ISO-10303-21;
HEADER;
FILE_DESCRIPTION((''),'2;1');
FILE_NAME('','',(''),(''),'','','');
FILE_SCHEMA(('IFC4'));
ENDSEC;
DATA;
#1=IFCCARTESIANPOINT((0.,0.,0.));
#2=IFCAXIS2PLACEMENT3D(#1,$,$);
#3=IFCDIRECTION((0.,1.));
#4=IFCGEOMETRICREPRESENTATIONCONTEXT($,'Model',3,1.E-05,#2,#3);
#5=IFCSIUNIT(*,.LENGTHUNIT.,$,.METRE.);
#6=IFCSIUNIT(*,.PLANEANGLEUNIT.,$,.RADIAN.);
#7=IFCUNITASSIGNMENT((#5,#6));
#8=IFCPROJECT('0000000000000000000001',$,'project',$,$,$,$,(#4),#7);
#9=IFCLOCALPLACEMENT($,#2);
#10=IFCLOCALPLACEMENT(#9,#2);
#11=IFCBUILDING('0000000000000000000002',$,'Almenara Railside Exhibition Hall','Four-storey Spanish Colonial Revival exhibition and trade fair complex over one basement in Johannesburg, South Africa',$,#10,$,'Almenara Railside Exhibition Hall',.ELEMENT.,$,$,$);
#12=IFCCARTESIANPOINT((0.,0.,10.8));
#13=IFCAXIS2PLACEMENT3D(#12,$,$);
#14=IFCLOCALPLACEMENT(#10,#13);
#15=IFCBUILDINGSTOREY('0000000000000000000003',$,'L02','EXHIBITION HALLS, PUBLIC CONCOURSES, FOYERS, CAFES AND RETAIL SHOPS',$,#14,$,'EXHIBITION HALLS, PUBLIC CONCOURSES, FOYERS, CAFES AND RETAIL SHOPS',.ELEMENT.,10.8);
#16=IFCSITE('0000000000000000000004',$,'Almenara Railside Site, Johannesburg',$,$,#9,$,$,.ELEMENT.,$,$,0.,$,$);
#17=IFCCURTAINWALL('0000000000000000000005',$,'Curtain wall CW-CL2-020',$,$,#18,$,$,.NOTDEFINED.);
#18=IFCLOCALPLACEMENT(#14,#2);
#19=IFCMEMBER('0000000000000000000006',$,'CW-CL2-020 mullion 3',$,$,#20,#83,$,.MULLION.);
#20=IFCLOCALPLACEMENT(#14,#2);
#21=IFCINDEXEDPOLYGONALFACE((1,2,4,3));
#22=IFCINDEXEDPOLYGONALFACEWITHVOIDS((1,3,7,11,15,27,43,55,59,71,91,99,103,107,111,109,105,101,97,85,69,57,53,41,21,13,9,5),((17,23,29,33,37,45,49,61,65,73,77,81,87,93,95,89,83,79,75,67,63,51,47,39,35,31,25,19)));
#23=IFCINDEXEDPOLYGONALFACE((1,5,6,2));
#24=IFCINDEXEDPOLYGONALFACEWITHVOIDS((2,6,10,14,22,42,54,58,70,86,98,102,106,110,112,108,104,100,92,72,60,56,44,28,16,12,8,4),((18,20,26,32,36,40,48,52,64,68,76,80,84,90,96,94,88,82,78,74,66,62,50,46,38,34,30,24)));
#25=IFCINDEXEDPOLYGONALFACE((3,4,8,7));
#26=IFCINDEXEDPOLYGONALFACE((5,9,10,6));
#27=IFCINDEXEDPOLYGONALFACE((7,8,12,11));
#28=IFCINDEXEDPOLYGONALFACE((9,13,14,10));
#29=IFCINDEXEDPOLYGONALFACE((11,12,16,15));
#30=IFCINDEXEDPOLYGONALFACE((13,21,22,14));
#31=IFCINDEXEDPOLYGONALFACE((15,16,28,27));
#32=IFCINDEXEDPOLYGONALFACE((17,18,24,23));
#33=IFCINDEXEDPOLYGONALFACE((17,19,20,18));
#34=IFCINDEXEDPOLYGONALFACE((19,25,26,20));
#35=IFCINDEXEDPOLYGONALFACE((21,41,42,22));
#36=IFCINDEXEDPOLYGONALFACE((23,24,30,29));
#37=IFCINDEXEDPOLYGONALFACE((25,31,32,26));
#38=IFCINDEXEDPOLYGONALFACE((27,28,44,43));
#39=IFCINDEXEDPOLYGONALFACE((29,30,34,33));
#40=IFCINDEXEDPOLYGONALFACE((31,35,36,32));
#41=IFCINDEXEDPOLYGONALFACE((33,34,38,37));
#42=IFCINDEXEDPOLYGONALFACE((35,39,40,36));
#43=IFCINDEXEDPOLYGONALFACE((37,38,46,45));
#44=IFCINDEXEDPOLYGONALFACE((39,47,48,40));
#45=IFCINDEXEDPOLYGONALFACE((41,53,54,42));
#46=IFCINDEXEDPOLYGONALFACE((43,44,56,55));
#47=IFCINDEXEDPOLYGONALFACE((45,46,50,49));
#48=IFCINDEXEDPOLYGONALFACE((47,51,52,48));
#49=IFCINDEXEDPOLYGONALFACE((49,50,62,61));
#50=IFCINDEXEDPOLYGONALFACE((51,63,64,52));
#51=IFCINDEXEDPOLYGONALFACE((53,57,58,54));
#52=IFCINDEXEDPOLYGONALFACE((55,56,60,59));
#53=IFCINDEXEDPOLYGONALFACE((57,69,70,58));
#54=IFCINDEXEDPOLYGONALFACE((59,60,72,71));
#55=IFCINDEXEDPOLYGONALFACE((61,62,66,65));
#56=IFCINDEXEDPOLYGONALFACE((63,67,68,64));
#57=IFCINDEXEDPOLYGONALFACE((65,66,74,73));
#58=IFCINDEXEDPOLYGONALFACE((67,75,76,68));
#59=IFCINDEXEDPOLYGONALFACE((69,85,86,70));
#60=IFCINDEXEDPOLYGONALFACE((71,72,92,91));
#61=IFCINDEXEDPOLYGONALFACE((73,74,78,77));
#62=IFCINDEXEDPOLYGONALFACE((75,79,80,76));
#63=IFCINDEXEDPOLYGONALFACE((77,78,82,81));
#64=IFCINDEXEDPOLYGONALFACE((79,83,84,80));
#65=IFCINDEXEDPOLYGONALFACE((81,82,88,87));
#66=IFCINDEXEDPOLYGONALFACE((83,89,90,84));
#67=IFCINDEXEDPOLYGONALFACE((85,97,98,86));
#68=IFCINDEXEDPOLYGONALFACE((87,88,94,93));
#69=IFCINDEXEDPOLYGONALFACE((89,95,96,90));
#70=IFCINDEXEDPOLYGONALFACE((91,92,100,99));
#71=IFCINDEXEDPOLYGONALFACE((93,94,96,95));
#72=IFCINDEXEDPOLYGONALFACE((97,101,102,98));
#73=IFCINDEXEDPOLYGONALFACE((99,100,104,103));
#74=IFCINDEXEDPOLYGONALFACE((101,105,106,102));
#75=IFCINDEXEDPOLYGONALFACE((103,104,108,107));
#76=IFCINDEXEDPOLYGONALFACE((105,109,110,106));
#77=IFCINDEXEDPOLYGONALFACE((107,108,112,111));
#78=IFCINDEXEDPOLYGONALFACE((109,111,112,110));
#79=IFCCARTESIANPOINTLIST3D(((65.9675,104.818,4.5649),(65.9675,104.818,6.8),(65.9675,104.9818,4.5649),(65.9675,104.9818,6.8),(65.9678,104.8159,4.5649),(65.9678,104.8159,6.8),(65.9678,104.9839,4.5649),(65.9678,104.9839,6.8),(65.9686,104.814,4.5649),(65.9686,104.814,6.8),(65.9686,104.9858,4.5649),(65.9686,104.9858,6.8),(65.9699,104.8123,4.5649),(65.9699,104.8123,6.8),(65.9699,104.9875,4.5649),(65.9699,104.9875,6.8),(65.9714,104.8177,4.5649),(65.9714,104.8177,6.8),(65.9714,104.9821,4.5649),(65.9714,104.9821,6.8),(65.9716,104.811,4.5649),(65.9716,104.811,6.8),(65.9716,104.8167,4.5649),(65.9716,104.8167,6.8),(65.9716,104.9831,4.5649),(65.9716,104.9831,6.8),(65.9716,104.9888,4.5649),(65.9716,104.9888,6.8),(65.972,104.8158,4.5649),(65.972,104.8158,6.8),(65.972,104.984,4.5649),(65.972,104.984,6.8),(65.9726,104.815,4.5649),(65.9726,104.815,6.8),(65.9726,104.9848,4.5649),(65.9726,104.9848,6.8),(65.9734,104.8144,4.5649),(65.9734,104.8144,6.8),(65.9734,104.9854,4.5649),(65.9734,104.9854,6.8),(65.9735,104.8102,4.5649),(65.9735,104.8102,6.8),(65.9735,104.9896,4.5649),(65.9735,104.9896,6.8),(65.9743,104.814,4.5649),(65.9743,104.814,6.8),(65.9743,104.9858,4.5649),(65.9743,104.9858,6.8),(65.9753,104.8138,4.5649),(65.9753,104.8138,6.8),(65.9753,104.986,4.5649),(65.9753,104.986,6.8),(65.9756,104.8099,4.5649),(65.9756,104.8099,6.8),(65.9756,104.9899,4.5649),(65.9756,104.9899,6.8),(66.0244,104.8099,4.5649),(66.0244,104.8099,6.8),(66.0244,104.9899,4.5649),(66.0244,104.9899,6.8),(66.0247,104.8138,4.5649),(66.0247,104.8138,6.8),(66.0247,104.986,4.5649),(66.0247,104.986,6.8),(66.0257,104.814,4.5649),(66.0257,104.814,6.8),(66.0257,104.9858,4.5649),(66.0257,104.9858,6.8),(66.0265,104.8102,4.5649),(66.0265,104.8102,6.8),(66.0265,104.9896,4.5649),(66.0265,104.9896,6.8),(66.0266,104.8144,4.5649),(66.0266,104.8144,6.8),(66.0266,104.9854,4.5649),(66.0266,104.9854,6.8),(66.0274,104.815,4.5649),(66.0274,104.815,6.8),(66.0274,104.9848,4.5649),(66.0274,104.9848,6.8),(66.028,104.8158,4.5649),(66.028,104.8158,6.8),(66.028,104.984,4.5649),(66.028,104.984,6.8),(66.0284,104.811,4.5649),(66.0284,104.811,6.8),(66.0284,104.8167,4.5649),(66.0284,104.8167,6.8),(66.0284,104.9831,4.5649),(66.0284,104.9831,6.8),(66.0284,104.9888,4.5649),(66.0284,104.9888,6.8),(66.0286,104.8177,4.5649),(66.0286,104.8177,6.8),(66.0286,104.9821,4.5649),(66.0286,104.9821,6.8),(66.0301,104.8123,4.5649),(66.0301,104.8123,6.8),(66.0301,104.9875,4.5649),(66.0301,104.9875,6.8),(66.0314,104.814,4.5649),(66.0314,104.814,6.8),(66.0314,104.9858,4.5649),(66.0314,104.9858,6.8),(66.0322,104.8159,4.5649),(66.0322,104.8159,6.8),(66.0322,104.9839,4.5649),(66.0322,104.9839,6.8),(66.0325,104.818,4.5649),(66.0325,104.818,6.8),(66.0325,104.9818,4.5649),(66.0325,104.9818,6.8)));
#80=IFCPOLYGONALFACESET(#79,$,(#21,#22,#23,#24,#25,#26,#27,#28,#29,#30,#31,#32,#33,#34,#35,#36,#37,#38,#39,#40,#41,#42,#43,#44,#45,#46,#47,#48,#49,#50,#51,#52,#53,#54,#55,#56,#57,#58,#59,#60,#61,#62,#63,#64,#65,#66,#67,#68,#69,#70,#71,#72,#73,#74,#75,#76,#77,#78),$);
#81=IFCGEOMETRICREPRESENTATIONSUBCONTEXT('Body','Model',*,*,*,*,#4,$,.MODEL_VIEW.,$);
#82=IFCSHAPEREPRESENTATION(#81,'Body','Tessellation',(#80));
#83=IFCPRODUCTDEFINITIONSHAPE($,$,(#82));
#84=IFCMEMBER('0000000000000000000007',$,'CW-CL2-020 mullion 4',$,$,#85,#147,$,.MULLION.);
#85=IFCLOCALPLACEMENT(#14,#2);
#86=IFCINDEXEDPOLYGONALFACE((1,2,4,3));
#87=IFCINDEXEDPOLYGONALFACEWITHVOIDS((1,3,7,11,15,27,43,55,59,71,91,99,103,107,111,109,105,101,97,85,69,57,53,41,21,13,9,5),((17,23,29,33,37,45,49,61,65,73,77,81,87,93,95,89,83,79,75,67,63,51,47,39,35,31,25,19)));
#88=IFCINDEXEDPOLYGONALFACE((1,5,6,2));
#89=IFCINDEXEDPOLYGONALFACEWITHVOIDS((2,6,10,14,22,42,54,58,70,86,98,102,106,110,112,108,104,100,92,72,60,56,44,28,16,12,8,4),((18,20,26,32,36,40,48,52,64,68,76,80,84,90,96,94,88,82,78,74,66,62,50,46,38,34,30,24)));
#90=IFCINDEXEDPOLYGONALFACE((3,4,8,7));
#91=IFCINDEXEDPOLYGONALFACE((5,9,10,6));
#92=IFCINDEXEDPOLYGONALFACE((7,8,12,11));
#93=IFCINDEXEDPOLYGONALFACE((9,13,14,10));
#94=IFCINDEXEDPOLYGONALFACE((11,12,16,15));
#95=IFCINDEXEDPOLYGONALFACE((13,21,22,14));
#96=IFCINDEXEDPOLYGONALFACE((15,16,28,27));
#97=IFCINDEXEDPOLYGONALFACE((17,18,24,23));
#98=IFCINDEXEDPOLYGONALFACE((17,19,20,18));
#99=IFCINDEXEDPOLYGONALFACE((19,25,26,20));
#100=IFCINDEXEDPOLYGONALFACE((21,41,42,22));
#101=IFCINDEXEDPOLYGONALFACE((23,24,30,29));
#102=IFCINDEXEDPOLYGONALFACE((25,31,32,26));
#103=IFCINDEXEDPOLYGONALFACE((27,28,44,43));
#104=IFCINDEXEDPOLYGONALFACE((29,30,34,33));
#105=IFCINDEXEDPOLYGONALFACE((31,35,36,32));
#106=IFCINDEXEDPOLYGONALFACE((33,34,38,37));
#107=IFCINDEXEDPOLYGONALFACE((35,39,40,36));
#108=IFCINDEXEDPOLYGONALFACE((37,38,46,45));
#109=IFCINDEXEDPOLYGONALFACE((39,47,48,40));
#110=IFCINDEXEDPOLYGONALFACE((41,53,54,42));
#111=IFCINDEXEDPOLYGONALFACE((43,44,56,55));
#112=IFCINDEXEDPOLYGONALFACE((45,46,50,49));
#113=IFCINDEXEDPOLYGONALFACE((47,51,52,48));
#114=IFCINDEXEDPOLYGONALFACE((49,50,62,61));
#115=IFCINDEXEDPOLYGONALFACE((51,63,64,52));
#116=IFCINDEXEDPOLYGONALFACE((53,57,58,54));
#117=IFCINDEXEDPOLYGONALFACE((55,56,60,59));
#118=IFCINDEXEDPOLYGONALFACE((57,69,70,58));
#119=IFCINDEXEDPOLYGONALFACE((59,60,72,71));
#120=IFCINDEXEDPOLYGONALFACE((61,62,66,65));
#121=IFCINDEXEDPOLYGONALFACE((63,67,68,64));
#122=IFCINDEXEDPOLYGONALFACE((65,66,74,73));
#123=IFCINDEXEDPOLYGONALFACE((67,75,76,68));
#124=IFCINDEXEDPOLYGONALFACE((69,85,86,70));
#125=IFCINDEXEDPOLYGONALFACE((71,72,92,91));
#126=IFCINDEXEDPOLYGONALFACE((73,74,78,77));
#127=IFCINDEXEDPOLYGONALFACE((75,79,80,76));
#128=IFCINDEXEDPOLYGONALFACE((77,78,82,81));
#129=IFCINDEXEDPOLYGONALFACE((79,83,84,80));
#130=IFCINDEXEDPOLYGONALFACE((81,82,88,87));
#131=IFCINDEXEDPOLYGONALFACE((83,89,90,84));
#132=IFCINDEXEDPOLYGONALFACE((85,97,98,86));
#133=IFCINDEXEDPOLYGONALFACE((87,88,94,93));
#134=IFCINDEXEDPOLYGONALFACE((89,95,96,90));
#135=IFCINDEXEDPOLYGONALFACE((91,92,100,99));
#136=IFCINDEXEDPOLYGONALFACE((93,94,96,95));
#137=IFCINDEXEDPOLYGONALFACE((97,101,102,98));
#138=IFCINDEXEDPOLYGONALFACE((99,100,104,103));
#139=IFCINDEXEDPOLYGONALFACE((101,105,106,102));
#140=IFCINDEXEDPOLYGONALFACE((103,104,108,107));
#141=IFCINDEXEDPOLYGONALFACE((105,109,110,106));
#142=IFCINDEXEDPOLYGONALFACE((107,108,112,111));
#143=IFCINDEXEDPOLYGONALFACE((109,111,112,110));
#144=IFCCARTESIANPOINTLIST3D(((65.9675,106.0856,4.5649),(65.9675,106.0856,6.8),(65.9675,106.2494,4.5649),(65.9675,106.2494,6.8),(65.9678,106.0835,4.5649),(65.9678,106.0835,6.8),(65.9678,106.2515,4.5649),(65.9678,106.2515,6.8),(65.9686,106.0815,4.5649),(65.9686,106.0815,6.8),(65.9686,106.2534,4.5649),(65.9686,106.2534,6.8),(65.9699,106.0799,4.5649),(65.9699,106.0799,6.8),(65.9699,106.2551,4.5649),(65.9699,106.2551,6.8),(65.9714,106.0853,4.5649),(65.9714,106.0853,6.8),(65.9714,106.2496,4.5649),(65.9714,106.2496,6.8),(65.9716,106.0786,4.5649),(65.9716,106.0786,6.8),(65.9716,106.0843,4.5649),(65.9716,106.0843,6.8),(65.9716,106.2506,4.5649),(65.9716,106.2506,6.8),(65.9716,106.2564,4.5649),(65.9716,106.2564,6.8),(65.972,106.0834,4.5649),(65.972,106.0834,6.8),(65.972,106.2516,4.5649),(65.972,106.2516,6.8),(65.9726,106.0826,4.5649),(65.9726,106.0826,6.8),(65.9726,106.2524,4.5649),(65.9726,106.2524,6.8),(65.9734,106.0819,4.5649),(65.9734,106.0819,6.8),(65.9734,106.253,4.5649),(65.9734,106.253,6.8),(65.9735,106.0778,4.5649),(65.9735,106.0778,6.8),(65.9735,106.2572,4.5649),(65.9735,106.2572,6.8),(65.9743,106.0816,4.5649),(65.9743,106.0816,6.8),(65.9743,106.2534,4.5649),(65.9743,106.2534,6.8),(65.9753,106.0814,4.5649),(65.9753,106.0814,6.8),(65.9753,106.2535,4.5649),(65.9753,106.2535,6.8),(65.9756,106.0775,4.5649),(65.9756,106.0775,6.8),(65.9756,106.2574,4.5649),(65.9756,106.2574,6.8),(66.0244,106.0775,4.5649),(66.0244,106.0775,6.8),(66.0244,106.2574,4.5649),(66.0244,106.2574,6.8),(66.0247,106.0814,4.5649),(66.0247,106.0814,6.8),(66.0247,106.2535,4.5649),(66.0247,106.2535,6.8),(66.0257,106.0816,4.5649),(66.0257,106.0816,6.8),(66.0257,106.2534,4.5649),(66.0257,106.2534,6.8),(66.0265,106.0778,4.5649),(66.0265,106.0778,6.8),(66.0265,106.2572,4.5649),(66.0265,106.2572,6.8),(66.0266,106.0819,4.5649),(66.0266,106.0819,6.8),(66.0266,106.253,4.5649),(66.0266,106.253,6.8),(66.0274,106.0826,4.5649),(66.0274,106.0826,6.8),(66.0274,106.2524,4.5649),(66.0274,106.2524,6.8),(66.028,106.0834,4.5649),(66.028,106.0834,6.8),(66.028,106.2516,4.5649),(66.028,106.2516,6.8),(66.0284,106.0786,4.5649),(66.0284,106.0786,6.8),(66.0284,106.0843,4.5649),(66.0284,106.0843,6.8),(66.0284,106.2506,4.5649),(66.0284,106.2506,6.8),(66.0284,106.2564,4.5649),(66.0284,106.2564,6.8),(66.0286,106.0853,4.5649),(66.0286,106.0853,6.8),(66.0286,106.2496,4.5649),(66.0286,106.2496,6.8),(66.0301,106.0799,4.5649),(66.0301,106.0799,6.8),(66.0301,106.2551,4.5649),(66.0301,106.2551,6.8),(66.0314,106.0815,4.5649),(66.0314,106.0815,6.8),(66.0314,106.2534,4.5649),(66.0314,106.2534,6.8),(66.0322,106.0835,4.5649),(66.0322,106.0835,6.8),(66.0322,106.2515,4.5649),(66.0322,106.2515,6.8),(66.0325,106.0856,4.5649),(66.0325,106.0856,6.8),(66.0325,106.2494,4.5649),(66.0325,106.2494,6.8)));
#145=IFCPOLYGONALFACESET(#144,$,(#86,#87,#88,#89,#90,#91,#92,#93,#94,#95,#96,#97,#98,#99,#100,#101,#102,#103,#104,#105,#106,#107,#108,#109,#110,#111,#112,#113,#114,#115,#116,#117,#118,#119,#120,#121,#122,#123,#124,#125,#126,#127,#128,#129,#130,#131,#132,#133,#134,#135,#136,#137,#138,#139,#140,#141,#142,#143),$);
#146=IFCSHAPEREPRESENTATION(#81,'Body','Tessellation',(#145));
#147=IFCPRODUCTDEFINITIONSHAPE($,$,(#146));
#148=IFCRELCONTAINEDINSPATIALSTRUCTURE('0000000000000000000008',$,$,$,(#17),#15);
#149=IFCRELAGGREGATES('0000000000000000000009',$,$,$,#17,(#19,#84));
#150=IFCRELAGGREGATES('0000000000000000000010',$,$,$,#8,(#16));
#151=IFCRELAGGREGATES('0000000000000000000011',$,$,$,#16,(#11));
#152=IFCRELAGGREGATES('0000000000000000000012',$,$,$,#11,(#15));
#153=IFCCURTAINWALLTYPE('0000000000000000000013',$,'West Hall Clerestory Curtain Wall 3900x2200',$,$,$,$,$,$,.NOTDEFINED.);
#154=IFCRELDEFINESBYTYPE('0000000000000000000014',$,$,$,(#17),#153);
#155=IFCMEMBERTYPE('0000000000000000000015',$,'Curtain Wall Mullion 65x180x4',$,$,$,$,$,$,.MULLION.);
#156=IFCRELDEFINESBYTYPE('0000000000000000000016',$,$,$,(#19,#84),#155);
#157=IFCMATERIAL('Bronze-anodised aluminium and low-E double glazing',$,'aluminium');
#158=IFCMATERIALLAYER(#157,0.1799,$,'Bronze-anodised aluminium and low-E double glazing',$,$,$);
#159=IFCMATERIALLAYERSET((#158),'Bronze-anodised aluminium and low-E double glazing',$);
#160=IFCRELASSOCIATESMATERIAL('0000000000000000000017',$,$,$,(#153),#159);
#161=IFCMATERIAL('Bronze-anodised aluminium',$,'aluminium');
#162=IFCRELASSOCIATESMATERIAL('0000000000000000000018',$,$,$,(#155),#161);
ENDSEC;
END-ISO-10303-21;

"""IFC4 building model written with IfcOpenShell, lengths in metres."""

from ifc_helpers import new_model, si_unit, direction, frame, origin, origin_2d, place, context, subcontext, project, spatial, hollow_rectangle, extrude, material, layer, layer_set, material_profile, profile_set, type_object, element, aggregate, save


model = new_model("IFC4")

# Units and contexts
model_context = context("Model", 3, precision=1e-05, world=origin(), true_north=direction((0.0, 1.0)))
body_context = subcontext(model_context, "Body", "Model", "MODEL_VIEW")
ifc_project = project(units=[si_unit("LENGTHUNIT", "METRE"), si_unit("PLANEANGLEUNIT", "RADIAN")], contexts=[model_context])

# Site, building, storey
site_placement = place(None, origin())
site = spatial("IfcSite", under=ifc_project, at=site_placement, Name="Almenara Railside Site, Johannesburg", CompositionType="ELEMENT", RefElevation=0.0)
building_placement = place(site_placement, origin())
building = spatial("IfcBuilding", under=site, at=building_placement, Name="Almenara Railside Exhibition Hall", Description="Four-storey Spanish Colonial Revival exhibition and trade fair complex over one basement in Johannesburg, South Africa", LongName="Almenara Railside Exhibition Hall", CompositionType="ELEMENT")
storey_placement = place(building_placement, frame((0.0, 0.0, 10.8)))
storey = spatial("IfcBuildingStorey", under=building, at=storey_placement, Name="L02", Description="EXHIBITION HALLS, PUBLIC CONCOURSES, FOYERS, CAFES AND RETAIL SHOPS", LongName="EXHIBITION HALLS, PUBLIC CONCOURSES, FOYERS, CAFES AND RETAIL SHOPS", CompositionType="ELEMENT", Elevation=10.8)

# Curtain wall, members
ifc_material_1 = material(Name="Bronze-anodised aluminium and low-E double glazing", Category="aluminium")
ifc_layer_1 = layer(ifc_material_1, 0.1799, Name="Bronze-anodised aluminium and low-E double glazing")
ifc_layer_set_1 = layer_set([ifc_layer_1], Name="Bronze-anodised aluminium and low-E double glazing")
curtain_wall_type = type_object("IfcCurtainWallType", Name="West Hall Clerestory Curtain Wall 3900x2200", PredefinedType="NOTDEFINED", material=ifc_layer_set_1)
curtain_wall_1_placement = place(storey_placement, origin())
curtain_wall_1 = element("IfcCurtainWall", 1, at=curtain_wall_1_placement, inside=storey, type_object=curtain_wall_type, Name="Curtain wall CW-CL2-020", PredefinedType="NOTDEFINED")
ifc_material_2 = material(Name="Bronze-anodised aluminium", Category="aluminium")
ifc_material_profile_1 = material_profile(ifc_material_2, hollow_rectangle(XDim=0.0649, YDim=0.1799, WallThickness=0.0039, InnerFilletRadius=0.0039, OuterFilletRadius=0.0081, at=origin_2d()), Name="ALU-MUL 65x180x4")
ifc_profile_set_1 = profile_set([ifc_material_profile_1], Name="Bronze-anodised aluminium")
member_type_1 = type_object("IfcMemberType", Name="Curtain Wall Mullion 65x180x4", PredefinedType="MULLION", material=ifc_profile_set_1)
member_1_placement = place(storey_placement, frame((66.0, 104.8999, 4.5649), z_axis=(0.0, 0.0, 1.0), x_axis=(-1.0, 0.0, 0.0)))
member_1 = element("IfcMember", 2, at=member_1_placement, type_object=member_type_1, Name="CW-CL2-020 mullion 3", PredefinedType="MULLION", context=body_context, shape_type="SweptSolid", body=[
    extrude(hollow_rectangle(XDim=0.0649, YDim=0.1799, WallThickness=0.0039, InnerFilletRadius=0.0039, OuterFilletRadius=0.0081, at=origin_2d()), origin(), (0.0, 0.0, 1.0), 2.2351),
])
member_2_placement = place(storey_placement, frame((66.0, 106.1675, 4.5649), z_axis=(0.0, 0.0, 1.0), x_axis=(-1.0, 0.0, 0.0)))
member_2 = element("IfcMember", 3, at=member_2_placement, type_object=member_type_1, Name="CW-CL2-020 mullion 4", PredefinedType="MULLION", context=body_context, shape_type="SweptSolid", body=[
    extrude(hollow_rectangle(XDim=0.0649, YDim=0.1799, WallThickness=0.0039, InnerFilletRadius=0.0039, OuterFilletRadius=0.0081, at=origin_2d()), origin(), (0.0, 0.0, 1.0), 2.2351),
])

aggregate(curtain_wall_1, [member_1, member_2])

save(model, "model.ifc")
